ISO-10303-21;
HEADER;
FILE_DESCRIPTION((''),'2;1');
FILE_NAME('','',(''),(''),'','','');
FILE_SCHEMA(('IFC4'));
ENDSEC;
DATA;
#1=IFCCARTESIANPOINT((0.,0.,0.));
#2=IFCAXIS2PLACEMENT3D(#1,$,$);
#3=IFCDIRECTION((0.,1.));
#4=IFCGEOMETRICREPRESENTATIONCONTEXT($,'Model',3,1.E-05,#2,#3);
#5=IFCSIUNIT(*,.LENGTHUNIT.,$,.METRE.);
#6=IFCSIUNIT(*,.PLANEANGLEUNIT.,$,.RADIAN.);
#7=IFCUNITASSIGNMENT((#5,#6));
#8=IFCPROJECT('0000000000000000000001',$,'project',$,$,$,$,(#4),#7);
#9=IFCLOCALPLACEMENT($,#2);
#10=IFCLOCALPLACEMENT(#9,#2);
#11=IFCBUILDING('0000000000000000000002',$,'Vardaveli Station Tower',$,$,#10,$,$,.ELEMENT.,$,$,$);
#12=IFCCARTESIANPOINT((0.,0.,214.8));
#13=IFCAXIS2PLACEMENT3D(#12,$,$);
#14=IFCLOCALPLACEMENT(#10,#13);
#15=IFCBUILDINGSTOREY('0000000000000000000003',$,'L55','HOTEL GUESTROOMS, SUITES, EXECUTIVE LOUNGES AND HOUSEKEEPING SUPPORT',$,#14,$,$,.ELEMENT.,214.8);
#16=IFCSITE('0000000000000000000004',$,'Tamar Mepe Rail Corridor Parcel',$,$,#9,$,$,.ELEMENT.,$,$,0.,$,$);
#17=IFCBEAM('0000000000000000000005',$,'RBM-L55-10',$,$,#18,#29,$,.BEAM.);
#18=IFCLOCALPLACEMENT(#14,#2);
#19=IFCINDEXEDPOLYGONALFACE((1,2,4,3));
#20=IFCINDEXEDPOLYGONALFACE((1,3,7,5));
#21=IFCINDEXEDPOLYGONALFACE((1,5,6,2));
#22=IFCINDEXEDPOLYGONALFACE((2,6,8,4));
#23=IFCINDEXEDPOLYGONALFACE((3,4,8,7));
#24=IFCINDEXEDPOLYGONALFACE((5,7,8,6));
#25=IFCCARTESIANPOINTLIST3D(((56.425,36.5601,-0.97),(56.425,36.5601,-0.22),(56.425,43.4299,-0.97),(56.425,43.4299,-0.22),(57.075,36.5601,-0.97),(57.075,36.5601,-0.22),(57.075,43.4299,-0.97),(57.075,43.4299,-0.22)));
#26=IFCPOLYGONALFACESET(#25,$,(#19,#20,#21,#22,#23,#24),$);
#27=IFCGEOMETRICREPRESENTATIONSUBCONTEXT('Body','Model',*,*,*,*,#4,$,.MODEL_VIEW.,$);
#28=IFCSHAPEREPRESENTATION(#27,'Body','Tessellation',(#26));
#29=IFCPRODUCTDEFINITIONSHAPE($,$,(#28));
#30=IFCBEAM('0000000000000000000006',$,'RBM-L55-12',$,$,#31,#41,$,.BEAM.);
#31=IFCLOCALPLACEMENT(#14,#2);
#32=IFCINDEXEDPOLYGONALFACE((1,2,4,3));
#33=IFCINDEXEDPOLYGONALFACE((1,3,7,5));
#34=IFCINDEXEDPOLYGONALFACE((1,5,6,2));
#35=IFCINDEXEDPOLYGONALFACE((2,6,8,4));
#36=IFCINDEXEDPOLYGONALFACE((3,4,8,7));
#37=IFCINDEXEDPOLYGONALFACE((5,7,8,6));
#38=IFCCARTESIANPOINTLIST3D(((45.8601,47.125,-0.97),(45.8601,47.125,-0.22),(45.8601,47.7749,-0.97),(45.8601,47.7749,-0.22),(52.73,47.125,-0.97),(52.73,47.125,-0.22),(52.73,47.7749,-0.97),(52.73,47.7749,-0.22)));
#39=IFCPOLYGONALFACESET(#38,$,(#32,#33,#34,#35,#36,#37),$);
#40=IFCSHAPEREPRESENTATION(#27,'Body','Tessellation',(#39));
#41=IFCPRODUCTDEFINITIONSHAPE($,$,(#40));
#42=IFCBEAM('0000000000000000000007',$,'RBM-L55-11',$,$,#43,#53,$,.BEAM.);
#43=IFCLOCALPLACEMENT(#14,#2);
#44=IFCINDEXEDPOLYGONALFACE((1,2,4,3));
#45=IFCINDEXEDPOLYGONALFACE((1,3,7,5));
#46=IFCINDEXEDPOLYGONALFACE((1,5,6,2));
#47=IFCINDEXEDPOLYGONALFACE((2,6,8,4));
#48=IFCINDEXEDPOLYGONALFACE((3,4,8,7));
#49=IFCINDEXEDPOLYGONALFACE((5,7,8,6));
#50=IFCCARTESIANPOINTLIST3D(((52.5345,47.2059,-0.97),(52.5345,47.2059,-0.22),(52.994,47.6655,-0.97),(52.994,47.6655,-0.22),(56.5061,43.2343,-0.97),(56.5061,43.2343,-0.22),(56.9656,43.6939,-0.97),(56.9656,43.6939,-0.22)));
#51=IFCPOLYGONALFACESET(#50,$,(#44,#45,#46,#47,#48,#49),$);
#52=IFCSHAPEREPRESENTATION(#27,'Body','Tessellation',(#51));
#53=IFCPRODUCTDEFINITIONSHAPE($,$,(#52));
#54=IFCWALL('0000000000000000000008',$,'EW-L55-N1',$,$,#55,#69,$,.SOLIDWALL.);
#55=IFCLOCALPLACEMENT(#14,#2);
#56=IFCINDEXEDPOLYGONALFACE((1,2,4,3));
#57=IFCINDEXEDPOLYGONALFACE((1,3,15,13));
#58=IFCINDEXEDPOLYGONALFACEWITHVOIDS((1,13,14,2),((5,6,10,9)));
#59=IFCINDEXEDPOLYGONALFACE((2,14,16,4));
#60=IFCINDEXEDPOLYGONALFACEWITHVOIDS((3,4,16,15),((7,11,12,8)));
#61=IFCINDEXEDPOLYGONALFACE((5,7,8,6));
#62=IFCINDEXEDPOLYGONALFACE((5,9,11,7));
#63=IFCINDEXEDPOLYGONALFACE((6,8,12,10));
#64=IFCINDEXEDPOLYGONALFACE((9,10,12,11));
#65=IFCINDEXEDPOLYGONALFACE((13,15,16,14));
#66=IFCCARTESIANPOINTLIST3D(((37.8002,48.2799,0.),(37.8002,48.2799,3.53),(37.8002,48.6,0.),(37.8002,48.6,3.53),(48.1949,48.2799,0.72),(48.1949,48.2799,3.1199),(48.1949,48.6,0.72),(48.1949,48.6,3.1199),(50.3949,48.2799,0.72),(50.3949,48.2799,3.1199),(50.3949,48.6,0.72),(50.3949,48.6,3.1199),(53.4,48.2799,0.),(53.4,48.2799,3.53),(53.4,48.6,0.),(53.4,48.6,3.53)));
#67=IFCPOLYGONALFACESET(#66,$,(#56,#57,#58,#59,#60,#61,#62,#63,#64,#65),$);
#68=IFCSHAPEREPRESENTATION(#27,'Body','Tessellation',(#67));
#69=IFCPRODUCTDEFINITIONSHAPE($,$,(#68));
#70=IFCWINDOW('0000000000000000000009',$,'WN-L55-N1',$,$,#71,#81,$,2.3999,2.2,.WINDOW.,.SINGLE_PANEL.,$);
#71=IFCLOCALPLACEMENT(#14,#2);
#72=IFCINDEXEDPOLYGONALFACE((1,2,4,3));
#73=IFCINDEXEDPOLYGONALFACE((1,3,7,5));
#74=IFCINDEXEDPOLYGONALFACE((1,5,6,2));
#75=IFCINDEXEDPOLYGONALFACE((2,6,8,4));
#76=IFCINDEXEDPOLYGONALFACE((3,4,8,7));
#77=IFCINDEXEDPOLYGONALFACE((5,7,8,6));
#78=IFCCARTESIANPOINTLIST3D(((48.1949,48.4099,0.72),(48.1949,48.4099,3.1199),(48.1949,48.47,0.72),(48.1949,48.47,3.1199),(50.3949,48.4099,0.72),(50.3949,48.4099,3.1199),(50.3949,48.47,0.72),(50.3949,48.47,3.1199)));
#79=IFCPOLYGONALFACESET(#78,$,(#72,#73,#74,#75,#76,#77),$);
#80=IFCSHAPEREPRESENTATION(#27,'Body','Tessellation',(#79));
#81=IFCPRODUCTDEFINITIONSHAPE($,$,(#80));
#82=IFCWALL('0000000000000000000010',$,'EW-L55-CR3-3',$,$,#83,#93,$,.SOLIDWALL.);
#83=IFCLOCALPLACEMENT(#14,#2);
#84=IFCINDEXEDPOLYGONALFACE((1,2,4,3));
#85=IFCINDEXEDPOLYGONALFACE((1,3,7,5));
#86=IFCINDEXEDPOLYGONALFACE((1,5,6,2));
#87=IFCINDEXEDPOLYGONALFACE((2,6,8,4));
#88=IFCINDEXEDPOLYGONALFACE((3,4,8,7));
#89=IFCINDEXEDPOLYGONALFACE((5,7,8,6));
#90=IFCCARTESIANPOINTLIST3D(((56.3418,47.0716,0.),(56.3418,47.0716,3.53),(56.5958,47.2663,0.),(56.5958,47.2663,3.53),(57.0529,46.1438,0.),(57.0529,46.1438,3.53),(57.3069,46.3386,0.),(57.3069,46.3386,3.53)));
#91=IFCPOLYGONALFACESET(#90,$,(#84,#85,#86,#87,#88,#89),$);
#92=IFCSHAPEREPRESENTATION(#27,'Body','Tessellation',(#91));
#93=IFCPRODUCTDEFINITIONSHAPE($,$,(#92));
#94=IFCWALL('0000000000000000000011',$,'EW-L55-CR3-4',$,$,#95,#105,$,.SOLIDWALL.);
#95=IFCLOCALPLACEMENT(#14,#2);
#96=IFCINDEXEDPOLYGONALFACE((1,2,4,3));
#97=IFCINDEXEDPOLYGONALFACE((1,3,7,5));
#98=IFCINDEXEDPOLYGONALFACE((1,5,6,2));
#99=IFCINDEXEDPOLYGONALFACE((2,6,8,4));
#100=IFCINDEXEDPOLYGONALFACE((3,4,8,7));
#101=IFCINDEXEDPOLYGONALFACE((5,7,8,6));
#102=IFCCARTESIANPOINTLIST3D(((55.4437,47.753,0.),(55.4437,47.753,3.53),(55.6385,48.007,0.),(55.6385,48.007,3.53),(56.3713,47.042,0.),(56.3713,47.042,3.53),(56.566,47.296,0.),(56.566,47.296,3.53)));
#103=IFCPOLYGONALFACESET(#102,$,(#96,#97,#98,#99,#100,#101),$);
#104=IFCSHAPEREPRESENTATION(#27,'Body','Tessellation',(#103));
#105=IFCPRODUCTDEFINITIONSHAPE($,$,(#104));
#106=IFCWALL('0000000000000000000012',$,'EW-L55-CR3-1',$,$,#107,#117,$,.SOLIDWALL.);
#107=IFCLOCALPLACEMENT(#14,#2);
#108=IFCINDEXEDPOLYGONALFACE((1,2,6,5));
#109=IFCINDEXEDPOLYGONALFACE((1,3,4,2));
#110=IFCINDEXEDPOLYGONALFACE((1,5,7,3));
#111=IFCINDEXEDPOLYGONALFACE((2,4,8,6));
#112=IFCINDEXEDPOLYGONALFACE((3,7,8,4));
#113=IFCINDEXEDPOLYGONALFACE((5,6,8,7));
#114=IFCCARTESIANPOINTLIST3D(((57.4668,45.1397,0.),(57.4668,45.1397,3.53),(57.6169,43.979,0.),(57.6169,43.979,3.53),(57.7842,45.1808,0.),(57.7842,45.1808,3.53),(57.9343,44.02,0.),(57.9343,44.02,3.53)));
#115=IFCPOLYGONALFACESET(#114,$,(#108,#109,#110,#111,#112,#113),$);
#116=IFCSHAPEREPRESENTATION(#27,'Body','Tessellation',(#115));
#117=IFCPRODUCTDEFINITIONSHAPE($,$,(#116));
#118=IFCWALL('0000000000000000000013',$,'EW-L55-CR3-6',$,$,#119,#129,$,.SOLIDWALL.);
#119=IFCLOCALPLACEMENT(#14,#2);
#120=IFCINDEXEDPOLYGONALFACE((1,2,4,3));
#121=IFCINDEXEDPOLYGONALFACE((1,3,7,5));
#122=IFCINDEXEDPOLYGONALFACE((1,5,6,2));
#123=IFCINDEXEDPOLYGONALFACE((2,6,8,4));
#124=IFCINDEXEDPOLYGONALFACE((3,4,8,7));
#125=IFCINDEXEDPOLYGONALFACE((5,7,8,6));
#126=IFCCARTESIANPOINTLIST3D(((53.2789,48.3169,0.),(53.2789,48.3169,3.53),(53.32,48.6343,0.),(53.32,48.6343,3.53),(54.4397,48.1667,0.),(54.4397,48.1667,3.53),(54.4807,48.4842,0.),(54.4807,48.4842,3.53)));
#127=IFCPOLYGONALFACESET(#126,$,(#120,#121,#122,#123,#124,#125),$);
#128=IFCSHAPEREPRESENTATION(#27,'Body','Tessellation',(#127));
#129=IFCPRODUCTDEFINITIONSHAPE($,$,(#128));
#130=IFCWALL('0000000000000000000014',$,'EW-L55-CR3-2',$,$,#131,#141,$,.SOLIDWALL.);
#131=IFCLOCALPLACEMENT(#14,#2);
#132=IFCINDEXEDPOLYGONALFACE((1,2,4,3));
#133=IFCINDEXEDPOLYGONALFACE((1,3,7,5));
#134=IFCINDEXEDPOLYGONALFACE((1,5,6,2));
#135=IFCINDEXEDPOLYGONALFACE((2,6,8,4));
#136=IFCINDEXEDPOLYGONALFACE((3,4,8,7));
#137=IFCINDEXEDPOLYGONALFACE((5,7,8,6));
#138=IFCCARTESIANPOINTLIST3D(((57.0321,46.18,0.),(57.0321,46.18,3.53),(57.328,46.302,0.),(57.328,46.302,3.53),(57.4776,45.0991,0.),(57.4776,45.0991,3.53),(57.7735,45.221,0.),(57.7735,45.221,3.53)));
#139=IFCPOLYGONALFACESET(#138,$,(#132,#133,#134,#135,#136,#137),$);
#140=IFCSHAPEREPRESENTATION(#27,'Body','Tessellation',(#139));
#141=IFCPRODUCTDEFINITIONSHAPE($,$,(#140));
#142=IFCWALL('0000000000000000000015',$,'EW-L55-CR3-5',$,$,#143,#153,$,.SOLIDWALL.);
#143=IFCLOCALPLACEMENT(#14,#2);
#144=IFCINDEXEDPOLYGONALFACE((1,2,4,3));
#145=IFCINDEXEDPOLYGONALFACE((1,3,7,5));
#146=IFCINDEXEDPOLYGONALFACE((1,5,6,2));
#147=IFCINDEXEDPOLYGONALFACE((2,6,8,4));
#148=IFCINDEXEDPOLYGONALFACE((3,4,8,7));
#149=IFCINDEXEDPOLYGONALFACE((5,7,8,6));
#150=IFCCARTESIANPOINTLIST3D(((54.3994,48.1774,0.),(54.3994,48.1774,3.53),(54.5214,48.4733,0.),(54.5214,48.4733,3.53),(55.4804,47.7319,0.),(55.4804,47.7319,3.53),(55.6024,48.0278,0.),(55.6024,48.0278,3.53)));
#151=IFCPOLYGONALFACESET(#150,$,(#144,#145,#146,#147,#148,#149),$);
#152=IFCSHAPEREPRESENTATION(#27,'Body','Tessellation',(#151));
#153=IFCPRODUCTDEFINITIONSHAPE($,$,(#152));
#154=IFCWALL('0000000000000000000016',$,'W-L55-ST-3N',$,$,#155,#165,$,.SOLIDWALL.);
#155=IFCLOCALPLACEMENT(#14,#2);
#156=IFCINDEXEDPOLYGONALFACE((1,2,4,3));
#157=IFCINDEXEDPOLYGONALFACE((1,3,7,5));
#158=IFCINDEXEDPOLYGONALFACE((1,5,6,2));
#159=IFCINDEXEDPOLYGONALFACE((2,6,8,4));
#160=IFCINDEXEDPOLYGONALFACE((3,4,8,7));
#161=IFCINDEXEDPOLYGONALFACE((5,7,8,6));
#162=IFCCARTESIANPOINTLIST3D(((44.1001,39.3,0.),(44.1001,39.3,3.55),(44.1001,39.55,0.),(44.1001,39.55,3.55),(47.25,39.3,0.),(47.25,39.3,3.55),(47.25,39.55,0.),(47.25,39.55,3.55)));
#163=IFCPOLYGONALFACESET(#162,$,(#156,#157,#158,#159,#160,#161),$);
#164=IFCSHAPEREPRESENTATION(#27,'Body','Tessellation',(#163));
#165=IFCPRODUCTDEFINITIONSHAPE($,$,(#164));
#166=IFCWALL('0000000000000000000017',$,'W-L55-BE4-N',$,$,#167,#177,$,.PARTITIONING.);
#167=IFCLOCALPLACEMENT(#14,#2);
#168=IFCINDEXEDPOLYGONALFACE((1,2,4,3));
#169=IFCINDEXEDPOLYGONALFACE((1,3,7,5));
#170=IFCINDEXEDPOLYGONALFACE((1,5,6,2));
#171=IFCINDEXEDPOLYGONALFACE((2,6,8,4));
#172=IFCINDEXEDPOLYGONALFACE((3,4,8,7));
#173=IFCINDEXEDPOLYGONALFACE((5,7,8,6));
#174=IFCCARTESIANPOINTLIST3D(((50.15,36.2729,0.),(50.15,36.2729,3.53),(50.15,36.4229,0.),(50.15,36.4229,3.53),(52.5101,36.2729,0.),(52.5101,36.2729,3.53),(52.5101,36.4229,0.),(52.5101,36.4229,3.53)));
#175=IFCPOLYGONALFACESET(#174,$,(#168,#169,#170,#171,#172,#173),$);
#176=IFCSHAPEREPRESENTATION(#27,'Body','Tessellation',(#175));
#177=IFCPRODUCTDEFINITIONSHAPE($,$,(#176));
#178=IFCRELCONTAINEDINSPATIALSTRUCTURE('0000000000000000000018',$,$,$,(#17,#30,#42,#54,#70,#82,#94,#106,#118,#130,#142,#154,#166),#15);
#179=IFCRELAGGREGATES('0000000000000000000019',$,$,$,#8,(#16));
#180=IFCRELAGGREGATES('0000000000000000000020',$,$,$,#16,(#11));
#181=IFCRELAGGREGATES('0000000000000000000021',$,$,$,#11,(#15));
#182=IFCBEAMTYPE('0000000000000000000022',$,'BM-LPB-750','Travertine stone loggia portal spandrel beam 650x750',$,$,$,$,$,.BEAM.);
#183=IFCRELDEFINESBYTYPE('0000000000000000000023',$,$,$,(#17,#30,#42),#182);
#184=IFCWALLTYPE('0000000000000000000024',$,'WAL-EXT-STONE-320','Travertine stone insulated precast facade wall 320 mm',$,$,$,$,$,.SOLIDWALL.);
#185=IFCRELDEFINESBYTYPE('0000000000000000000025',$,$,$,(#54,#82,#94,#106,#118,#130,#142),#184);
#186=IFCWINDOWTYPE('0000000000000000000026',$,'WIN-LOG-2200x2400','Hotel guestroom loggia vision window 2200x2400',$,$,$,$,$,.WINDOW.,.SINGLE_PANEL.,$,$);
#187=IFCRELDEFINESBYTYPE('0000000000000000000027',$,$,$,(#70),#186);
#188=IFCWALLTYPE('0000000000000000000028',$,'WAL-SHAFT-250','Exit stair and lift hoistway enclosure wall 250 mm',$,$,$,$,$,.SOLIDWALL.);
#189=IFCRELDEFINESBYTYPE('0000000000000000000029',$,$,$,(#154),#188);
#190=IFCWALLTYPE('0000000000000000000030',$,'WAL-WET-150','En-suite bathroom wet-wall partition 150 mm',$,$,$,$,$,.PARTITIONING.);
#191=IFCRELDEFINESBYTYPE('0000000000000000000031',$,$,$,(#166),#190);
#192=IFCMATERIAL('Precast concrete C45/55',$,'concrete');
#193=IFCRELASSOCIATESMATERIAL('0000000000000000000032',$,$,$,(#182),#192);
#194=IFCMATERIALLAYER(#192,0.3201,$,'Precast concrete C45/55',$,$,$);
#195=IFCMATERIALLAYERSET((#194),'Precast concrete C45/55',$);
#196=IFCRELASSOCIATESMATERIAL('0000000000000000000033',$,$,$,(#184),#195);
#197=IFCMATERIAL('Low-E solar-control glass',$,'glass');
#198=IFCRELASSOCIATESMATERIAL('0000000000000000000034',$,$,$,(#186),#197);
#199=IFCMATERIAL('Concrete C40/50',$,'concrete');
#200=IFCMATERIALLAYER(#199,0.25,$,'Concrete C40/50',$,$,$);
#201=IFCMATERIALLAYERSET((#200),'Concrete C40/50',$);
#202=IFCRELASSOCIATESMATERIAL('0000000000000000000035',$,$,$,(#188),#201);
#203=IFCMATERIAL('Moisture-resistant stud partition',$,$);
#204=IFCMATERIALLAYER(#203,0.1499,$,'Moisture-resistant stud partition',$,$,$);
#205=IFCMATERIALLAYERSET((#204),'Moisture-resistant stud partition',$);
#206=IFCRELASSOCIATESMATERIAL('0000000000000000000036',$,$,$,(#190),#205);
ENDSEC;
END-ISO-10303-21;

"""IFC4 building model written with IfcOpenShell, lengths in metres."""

from ifc_helpers import new_model, si_unit, direction, frame, frame_2d, origin, origin_2d, place, context, subcontext, project, spatial, rectangle, extrude, source, transform, mapped, material, layer, layer_set, material_profile, profile_set, type_object, element, fill, save


model = new_model("IFC4")

# Units and contexts
model_context = context("Model", 3, precision=1e-05, world=origin(), true_north=direction((0.0, 1.0)))
body_context = subcontext(model_context, "Body", "Model", "MODEL_VIEW")
ifc_project = project(units=[si_unit("LENGTHUNIT", "METRE"), si_unit("PLANEANGLEUNIT", "RADIAN")], contexts=[model_context])

# Site, building, storey
site_placement = place(None, origin())
site = spatial("IfcSite", under=ifc_project, at=site_placement, Name="Tamar Mepe Rail Corridor Parcel", CompositionType="ELEMENT", RefElevation=0.0)
building_placement = place(site_placement, origin())
building = spatial("IfcBuilding", under=site, at=building_placement, Name="Vardaveli Station Tower", CompositionType="ELEMENT")
storey_placement = place(building_placement, frame((0.0, 0.0, 214.8)))
storey = spatial("IfcBuildingStorey", under=building, at=storey_placement, Name="L55", Description="HOTEL GUESTROOMS, SUITES, EXECUTIVE LOUNGES AND HOUSEKEEPING SUPPORT", CompositionType="ELEMENT", Elevation=214.8)

# Beams
ifc_material_1 = material(Name="Precast concrete C45/55", Category="concrete")
ifc_material_profile_1 = material_profile(ifc_material_1, rectangle(XDim=0.6499, YDim=0.75, at=origin_2d()), Name="LPB 650x750")
ifc_profile_set_1 = profile_set([ifc_material_profile_1], Name="Precast concrete C45/55")
beam_type = type_object("IfcBeamType", Name="BM-LPB-750", Description="Travertine stone loggia portal spandrel beam 650x750", PredefinedType="BEAM", material=ifc_profile_set_1)
shared_shape_1 = source(origin(), body_context, "Body", "SweptSolid", [
    extrude(rectangle(XDim=0.6499, YDim=0.75, at=origin_2d()), origin(), (0.0, 0.0, 1.0), 6.8699),
])
for number, where, z_axis, x_axis, name in (
    (1, (56.75, 36.5601, -0.595), (0.0, 1.0, 0.0), (-1.0, 0.0, 0.0), "RBM-L55-10"),
    (2, (52.73, 47.45, -0.595), (-1.0, 0.0, 0.0), (0.0, -1.0, 0.0), "RBM-L55-12"),
):
    element("IfcBeam", number, at=place(storey_placement, frame(where, z_axis=z_axis, x_axis=x_axis)), inside=storey, type_object=beam_type, Name=name, PredefinedType="BEAM", context=body_context, shape_type="MappedRepresentation", body=[
        mapped(shared_shape_1, transform((0.0, 0.0, 0.0), scale=1.0)),
    ])
shared_shape_2 = source(origin(), body_context, "Body", "SweptSolid", [
    extrude(rectangle(XDim=0.6499, YDim=0.75, at=origin_2d()), origin(), (0.0, 0.0, 1.0), 5.6167),
])
beam_1_placement = place(storey_placement, frame((56.7358, 43.4641, -0.595), z_axis=(-0.707107, 0.707107, 0.0), x_axis=(-0.707107, -0.707107, 0.0)))
element("IfcBeam", 3, at=beam_1_placement, inside=storey, type_object=beam_type, Name="RBM-L55-11", PredefinedType="BEAM", context=body_context, shape_type="MappedRepresentation", body=[
    mapped(shared_shape_2, transform((0.0, 0.0, 0.0), scale=1.0)),
])

# Wall, opening, window
ifc_layer_1 = layer(ifc_material_1, 0.3201, Name="Precast concrete C45/55")
ifc_layer_set_1 = layer_set([ifc_layer_1], Name="Precast concrete C45/55")
wall_type_1 = type_object("IfcWallType", Name="WAL-EXT-STONE-320", Description="Travertine stone insulated precast facade wall 320 mm", PredefinedType="SOLIDWALL", material=ifc_layer_set_1)
shared_shape_3 = source(origin(), body_context, "Body", "SweptSolid", [
    extrude(rectangle(XDim=15.5999, YDim=0.3201, at=frame_2d((7.7998, 0.0))), origin(), (0.0, 0.0, 1.0), 3.53),
])
wall_1_placement = place(storey_placement, frame((53.3999, 48.4399, 0.0), z_axis=(0.0, 0.0, 1.0), x_axis=(-1.0, 0.0, 0.0)))
wall_1 = element("IfcWall", 4, at=wall_1_placement, inside=storey, type_object=wall_type_1, Name="EW-L55-N1", PredefinedType="SOLIDWALL", context=body_context, shape_type="MappedRepresentation", body=[
    mapped(shared_shape_3, transform((0.0, 0.0, 0.0), scale=1.0)),
])
shared_shape_4 = source(origin(), body_context, "Body", "SweptSolid", [
    extrude(rectangle(XDim=2.2, YDim=2.3999, at=frame_2d((1.1001, 1.2))), frame((0.0, 0.1699, 0.0), z_axis=(0.0, -1.0, 0.0), x_axis=(1.0, 0.0, 0.0)), (0.0, 0.0, 1.0), 0.3401),
])
opening_placement = place(wall_1_placement, frame((3.0049, 0.0, 0.72)))
opening = element("IfcOpeningElement", 5, at=opening_placement, cuts=wall_1, PredefinedType="OPENING", context=body_context, shape_type="MappedRepresentation", body=[
    mapped(shared_shape_4, transform((0.0, 0.0, 0.0), scale=1.0)),
])
ifc_material_2 = material(Name="Low-E solar-control glass", Category="glass")
window_type = type_object("IfcWindowType", Name="WIN-LOG-2200x2400", Description="Hotel guestroom loggia vision window 2200x2400", PartitioningType="SINGLE_PANEL", PredefinedType="WINDOW", material=ifc_material_2)
shared_shape_5 = source(origin(), body_context, "Body", "SweptSolid", [
    extrude(rectangle(XDim=2.2, YDim=2.3999, at=frame_2d((1.1001, 1.2))), frame((0.0, 0.03, 0.0), z_axis=(0.0, -1.0, 0.0), x_axis=(1.0, 0.0, 0.0)), (0.0, 0.0, 1.0), 0.0601),
])
window_placement = place(opening_placement, origin())
window = element("IfcWindow", 6, at=window_placement, inside=storey, type_object=window_type, Name="WN-L55-N1", OverallHeight=2.3999, OverallWidth=2.2, PartitioningType="SINGLE_PANEL", PredefinedType="WINDOW", context=body_context, shape_type="MappedRepresentation", body=[
    mapped(shared_shape_5, transform((0.0, 0.0, 0.0), scale=1.0)),
])
fill(opening, window)

# Walls
shared_shape_6 = source(origin(), body_context, "Body", "SweptSolid", [
    extrude(rectangle(XDim=1.1689, YDim=0.3201, at=frame_2d((0.5845, 0.0))), origin(), (0.0, 0.0, 1.0), 3.53),
])
wall_2_placement = place(storey_placement, frame((57.1799, 46.2412, 0.0), z_axis=(0.0, 0.0, 1.0), x_axis=(-0.608388, 0.79364, 0.0)))
element("IfcWall", 7, at=wall_2_placement, inside=storey, type_object=wall_type_1, Name="EW-L55-CR3-3", PredefinedType="SOLIDWALL", context=body_context, shape_type="MappedRepresentation", body=[
    mapped(shared_shape_6, transform((0.0, 0.0, 0.0), scale=1.0)),
])
shared_shape_7 = source(origin(), body_context, "Body", "SweptSolid", [
    extrude(rectangle(XDim=1.1687, YDim=0.3201, at=frame_2d((0.5845, 0.0))), origin(), (0.0, 0.0, 1.0), 3.53),
])
wall_3_placement = place(storey_placement, frame((56.4688, 47.1689, 0.0), z_axis=(0.0, 0.0, 1.0), x_axis=(-0.793664, 0.608357, 0.0)))
element("IfcWall", 8, at=wall_3_placement, inside=storey, type_object=wall_type_1, Name="EW-L55-CR3-4", PredefinedType="SOLIDWALL", context=body_context, shape_type="MappedRepresentation", body=[
    mapped(shared_shape_7, transform((0.0, 0.0, 0.0), scale=1.0)),
])
shared_shape_8 = source(origin(), body_context, "Body", "SweptSolid", [
    extrude(rectangle(XDim=1.1704, YDim=0.3201, at=frame_2d((0.5852, 0.0))), origin(), (0.0, 0.0, 1.0), 3.53),
])
for number, where, z_axis, x_axis, name in (
    (9, (57.7756, 43.9995, 0.0), (0.0, 0.0, 1.0), (-0.128296, 0.991736, 0.0), "EW-L55-CR3-1"),
    (10, (54.4602, 48.3254, 0.0), (0.0, 0.0, 1.0), (-0.991736, 0.128296, 0.0), "EW-L55-CR3-6"),
):
    element("IfcWall", number, at=place(storey_placement, frame(where, z_axis=z_axis, x_axis=x_axis)), inside=storey, type_object=wall_type_1, Name=name, PredefinedType="SOLIDWALL", context=body_context, shape_type="MappedRepresentation", body=[
        mapped(shared_shape_8, transform((0.0, 0.0, 0.0), scale=1.0)),
    ])
shared_shape_9 = source(origin(), body_context, "Body", "SweptSolid", [
    extrude(rectangle(XDim=1.1692, YDim=0.3201, at=frame_2d((0.5845, 0.0))), origin(), (0.0, 0.0, 1.0), 3.53),
])
for number, where, z_axis, x_axis, name in (
    (11, (57.6255, 45.1602, 0.0), (0.0, 0.0, 1.0), (-0.381054, 0.924553, 0.0), "EW-L55-CR3-2"),
    (12, (55.5413, 47.8799, 0.0), (0.0, 0.0, 1.0), (-0.924553, 0.381054, 0.0), "EW-L55-CR3-5"),
):
    element("IfcWall", number, at=place(storey_placement, frame(where, z_axis=z_axis, x_axis=x_axis)), inside=storey, type_object=wall_type_1, Name=name, PredefinedType="SOLIDWALL", context=body_context, shape_type="MappedRepresentation", body=[
        mapped(shared_shape_9, transform((0.0, 0.0, 0.0), scale=1.0)),
    ])
ifc_material_3 = material(Name="Concrete C40/50", Category="concrete")
ifc_layer_2 = layer(ifc_material_3, 0.25, Name="Concrete C40/50")
ifc_layer_set_2 = layer_set([ifc_layer_2], Name="Concrete C40/50")
wall_type_2 = type_object("IfcWallType", Name="WAL-SHAFT-250", Description="Exit stair and lift hoistway enclosure wall 250 mm", PredefinedType="SOLIDWALL", material=ifc_layer_set_2)
shared_shape_10 = source(origin(), body_context, "Body", "SweptSolid", [
    extrude(rectangle(XDim=3.1499, YDim=0.25, at=frame_2d((1.575, 0.0))), origin(), (0.0, 0.0, 1.0), 3.55),
])
wall_4_placement = place(storey_placement, frame((44.1001, 39.425, 0.0), z_axis=(0.0, 0.0, 1.0), x_axis=(1.0, 0.0, 0.0)))
element("IfcWall", 13, at=wall_4_placement, inside=storey, type_object=wall_type_2, Name="W-L55-ST-3N", PredefinedType="SOLIDWALL", context=body_context, shape_type="MappedRepresentation", body=[
    mapped(shared_shape_10, transform((0.0, 0.0, 0.0), scale=1.0)),
])
ifc_material_4 = material(Name="Moisture-resistant stud partition")
ifc_layer_3 = layer(ifc_material_4, 0.1499, Name="Moisture-resistant stud partition")
ifc_layer_set_3 = layer_set([ifc_layer_3], Name="Moisture-resistant stud partition")
wall_type_3 = type_object("IfcWallType", Name="WAL-WET-150", Description="En-suite bathroom wet-wall partition 150 mm", PredefinedType="PARTITIONING", material=ifc_layer_set_3)
shared_shape_11 = source(origin(), body_context, "Body", "SweptSolid", [
    extrude(rectangle(XDim=2.3601, YDim=0.1499, at=frame_2d((1.1802, 0.0))), origin(), (0.0, 0.0, 1.0), 3.53),
])
wall_5_placement = place(storey_placement, frame((50.1499, 36.3479, 0.0), z_axis=(0.0, 0.0, 1.0), x_axis=(1.0, 0.0, 0.0)))
element("IfcWall", 14, at=wall_5_placement, inside=storey, type_object=wall_type_3, Name="W-L55-BE4-N", PredefinedType="PARTITIONING", context=body_context, shape_type="MappedRepresentation", body=[
    mapped(shared_shape_11, transform((0.0, 0.0, 0.0), scale=1.0)),
])

save(model, "model.ifc")
